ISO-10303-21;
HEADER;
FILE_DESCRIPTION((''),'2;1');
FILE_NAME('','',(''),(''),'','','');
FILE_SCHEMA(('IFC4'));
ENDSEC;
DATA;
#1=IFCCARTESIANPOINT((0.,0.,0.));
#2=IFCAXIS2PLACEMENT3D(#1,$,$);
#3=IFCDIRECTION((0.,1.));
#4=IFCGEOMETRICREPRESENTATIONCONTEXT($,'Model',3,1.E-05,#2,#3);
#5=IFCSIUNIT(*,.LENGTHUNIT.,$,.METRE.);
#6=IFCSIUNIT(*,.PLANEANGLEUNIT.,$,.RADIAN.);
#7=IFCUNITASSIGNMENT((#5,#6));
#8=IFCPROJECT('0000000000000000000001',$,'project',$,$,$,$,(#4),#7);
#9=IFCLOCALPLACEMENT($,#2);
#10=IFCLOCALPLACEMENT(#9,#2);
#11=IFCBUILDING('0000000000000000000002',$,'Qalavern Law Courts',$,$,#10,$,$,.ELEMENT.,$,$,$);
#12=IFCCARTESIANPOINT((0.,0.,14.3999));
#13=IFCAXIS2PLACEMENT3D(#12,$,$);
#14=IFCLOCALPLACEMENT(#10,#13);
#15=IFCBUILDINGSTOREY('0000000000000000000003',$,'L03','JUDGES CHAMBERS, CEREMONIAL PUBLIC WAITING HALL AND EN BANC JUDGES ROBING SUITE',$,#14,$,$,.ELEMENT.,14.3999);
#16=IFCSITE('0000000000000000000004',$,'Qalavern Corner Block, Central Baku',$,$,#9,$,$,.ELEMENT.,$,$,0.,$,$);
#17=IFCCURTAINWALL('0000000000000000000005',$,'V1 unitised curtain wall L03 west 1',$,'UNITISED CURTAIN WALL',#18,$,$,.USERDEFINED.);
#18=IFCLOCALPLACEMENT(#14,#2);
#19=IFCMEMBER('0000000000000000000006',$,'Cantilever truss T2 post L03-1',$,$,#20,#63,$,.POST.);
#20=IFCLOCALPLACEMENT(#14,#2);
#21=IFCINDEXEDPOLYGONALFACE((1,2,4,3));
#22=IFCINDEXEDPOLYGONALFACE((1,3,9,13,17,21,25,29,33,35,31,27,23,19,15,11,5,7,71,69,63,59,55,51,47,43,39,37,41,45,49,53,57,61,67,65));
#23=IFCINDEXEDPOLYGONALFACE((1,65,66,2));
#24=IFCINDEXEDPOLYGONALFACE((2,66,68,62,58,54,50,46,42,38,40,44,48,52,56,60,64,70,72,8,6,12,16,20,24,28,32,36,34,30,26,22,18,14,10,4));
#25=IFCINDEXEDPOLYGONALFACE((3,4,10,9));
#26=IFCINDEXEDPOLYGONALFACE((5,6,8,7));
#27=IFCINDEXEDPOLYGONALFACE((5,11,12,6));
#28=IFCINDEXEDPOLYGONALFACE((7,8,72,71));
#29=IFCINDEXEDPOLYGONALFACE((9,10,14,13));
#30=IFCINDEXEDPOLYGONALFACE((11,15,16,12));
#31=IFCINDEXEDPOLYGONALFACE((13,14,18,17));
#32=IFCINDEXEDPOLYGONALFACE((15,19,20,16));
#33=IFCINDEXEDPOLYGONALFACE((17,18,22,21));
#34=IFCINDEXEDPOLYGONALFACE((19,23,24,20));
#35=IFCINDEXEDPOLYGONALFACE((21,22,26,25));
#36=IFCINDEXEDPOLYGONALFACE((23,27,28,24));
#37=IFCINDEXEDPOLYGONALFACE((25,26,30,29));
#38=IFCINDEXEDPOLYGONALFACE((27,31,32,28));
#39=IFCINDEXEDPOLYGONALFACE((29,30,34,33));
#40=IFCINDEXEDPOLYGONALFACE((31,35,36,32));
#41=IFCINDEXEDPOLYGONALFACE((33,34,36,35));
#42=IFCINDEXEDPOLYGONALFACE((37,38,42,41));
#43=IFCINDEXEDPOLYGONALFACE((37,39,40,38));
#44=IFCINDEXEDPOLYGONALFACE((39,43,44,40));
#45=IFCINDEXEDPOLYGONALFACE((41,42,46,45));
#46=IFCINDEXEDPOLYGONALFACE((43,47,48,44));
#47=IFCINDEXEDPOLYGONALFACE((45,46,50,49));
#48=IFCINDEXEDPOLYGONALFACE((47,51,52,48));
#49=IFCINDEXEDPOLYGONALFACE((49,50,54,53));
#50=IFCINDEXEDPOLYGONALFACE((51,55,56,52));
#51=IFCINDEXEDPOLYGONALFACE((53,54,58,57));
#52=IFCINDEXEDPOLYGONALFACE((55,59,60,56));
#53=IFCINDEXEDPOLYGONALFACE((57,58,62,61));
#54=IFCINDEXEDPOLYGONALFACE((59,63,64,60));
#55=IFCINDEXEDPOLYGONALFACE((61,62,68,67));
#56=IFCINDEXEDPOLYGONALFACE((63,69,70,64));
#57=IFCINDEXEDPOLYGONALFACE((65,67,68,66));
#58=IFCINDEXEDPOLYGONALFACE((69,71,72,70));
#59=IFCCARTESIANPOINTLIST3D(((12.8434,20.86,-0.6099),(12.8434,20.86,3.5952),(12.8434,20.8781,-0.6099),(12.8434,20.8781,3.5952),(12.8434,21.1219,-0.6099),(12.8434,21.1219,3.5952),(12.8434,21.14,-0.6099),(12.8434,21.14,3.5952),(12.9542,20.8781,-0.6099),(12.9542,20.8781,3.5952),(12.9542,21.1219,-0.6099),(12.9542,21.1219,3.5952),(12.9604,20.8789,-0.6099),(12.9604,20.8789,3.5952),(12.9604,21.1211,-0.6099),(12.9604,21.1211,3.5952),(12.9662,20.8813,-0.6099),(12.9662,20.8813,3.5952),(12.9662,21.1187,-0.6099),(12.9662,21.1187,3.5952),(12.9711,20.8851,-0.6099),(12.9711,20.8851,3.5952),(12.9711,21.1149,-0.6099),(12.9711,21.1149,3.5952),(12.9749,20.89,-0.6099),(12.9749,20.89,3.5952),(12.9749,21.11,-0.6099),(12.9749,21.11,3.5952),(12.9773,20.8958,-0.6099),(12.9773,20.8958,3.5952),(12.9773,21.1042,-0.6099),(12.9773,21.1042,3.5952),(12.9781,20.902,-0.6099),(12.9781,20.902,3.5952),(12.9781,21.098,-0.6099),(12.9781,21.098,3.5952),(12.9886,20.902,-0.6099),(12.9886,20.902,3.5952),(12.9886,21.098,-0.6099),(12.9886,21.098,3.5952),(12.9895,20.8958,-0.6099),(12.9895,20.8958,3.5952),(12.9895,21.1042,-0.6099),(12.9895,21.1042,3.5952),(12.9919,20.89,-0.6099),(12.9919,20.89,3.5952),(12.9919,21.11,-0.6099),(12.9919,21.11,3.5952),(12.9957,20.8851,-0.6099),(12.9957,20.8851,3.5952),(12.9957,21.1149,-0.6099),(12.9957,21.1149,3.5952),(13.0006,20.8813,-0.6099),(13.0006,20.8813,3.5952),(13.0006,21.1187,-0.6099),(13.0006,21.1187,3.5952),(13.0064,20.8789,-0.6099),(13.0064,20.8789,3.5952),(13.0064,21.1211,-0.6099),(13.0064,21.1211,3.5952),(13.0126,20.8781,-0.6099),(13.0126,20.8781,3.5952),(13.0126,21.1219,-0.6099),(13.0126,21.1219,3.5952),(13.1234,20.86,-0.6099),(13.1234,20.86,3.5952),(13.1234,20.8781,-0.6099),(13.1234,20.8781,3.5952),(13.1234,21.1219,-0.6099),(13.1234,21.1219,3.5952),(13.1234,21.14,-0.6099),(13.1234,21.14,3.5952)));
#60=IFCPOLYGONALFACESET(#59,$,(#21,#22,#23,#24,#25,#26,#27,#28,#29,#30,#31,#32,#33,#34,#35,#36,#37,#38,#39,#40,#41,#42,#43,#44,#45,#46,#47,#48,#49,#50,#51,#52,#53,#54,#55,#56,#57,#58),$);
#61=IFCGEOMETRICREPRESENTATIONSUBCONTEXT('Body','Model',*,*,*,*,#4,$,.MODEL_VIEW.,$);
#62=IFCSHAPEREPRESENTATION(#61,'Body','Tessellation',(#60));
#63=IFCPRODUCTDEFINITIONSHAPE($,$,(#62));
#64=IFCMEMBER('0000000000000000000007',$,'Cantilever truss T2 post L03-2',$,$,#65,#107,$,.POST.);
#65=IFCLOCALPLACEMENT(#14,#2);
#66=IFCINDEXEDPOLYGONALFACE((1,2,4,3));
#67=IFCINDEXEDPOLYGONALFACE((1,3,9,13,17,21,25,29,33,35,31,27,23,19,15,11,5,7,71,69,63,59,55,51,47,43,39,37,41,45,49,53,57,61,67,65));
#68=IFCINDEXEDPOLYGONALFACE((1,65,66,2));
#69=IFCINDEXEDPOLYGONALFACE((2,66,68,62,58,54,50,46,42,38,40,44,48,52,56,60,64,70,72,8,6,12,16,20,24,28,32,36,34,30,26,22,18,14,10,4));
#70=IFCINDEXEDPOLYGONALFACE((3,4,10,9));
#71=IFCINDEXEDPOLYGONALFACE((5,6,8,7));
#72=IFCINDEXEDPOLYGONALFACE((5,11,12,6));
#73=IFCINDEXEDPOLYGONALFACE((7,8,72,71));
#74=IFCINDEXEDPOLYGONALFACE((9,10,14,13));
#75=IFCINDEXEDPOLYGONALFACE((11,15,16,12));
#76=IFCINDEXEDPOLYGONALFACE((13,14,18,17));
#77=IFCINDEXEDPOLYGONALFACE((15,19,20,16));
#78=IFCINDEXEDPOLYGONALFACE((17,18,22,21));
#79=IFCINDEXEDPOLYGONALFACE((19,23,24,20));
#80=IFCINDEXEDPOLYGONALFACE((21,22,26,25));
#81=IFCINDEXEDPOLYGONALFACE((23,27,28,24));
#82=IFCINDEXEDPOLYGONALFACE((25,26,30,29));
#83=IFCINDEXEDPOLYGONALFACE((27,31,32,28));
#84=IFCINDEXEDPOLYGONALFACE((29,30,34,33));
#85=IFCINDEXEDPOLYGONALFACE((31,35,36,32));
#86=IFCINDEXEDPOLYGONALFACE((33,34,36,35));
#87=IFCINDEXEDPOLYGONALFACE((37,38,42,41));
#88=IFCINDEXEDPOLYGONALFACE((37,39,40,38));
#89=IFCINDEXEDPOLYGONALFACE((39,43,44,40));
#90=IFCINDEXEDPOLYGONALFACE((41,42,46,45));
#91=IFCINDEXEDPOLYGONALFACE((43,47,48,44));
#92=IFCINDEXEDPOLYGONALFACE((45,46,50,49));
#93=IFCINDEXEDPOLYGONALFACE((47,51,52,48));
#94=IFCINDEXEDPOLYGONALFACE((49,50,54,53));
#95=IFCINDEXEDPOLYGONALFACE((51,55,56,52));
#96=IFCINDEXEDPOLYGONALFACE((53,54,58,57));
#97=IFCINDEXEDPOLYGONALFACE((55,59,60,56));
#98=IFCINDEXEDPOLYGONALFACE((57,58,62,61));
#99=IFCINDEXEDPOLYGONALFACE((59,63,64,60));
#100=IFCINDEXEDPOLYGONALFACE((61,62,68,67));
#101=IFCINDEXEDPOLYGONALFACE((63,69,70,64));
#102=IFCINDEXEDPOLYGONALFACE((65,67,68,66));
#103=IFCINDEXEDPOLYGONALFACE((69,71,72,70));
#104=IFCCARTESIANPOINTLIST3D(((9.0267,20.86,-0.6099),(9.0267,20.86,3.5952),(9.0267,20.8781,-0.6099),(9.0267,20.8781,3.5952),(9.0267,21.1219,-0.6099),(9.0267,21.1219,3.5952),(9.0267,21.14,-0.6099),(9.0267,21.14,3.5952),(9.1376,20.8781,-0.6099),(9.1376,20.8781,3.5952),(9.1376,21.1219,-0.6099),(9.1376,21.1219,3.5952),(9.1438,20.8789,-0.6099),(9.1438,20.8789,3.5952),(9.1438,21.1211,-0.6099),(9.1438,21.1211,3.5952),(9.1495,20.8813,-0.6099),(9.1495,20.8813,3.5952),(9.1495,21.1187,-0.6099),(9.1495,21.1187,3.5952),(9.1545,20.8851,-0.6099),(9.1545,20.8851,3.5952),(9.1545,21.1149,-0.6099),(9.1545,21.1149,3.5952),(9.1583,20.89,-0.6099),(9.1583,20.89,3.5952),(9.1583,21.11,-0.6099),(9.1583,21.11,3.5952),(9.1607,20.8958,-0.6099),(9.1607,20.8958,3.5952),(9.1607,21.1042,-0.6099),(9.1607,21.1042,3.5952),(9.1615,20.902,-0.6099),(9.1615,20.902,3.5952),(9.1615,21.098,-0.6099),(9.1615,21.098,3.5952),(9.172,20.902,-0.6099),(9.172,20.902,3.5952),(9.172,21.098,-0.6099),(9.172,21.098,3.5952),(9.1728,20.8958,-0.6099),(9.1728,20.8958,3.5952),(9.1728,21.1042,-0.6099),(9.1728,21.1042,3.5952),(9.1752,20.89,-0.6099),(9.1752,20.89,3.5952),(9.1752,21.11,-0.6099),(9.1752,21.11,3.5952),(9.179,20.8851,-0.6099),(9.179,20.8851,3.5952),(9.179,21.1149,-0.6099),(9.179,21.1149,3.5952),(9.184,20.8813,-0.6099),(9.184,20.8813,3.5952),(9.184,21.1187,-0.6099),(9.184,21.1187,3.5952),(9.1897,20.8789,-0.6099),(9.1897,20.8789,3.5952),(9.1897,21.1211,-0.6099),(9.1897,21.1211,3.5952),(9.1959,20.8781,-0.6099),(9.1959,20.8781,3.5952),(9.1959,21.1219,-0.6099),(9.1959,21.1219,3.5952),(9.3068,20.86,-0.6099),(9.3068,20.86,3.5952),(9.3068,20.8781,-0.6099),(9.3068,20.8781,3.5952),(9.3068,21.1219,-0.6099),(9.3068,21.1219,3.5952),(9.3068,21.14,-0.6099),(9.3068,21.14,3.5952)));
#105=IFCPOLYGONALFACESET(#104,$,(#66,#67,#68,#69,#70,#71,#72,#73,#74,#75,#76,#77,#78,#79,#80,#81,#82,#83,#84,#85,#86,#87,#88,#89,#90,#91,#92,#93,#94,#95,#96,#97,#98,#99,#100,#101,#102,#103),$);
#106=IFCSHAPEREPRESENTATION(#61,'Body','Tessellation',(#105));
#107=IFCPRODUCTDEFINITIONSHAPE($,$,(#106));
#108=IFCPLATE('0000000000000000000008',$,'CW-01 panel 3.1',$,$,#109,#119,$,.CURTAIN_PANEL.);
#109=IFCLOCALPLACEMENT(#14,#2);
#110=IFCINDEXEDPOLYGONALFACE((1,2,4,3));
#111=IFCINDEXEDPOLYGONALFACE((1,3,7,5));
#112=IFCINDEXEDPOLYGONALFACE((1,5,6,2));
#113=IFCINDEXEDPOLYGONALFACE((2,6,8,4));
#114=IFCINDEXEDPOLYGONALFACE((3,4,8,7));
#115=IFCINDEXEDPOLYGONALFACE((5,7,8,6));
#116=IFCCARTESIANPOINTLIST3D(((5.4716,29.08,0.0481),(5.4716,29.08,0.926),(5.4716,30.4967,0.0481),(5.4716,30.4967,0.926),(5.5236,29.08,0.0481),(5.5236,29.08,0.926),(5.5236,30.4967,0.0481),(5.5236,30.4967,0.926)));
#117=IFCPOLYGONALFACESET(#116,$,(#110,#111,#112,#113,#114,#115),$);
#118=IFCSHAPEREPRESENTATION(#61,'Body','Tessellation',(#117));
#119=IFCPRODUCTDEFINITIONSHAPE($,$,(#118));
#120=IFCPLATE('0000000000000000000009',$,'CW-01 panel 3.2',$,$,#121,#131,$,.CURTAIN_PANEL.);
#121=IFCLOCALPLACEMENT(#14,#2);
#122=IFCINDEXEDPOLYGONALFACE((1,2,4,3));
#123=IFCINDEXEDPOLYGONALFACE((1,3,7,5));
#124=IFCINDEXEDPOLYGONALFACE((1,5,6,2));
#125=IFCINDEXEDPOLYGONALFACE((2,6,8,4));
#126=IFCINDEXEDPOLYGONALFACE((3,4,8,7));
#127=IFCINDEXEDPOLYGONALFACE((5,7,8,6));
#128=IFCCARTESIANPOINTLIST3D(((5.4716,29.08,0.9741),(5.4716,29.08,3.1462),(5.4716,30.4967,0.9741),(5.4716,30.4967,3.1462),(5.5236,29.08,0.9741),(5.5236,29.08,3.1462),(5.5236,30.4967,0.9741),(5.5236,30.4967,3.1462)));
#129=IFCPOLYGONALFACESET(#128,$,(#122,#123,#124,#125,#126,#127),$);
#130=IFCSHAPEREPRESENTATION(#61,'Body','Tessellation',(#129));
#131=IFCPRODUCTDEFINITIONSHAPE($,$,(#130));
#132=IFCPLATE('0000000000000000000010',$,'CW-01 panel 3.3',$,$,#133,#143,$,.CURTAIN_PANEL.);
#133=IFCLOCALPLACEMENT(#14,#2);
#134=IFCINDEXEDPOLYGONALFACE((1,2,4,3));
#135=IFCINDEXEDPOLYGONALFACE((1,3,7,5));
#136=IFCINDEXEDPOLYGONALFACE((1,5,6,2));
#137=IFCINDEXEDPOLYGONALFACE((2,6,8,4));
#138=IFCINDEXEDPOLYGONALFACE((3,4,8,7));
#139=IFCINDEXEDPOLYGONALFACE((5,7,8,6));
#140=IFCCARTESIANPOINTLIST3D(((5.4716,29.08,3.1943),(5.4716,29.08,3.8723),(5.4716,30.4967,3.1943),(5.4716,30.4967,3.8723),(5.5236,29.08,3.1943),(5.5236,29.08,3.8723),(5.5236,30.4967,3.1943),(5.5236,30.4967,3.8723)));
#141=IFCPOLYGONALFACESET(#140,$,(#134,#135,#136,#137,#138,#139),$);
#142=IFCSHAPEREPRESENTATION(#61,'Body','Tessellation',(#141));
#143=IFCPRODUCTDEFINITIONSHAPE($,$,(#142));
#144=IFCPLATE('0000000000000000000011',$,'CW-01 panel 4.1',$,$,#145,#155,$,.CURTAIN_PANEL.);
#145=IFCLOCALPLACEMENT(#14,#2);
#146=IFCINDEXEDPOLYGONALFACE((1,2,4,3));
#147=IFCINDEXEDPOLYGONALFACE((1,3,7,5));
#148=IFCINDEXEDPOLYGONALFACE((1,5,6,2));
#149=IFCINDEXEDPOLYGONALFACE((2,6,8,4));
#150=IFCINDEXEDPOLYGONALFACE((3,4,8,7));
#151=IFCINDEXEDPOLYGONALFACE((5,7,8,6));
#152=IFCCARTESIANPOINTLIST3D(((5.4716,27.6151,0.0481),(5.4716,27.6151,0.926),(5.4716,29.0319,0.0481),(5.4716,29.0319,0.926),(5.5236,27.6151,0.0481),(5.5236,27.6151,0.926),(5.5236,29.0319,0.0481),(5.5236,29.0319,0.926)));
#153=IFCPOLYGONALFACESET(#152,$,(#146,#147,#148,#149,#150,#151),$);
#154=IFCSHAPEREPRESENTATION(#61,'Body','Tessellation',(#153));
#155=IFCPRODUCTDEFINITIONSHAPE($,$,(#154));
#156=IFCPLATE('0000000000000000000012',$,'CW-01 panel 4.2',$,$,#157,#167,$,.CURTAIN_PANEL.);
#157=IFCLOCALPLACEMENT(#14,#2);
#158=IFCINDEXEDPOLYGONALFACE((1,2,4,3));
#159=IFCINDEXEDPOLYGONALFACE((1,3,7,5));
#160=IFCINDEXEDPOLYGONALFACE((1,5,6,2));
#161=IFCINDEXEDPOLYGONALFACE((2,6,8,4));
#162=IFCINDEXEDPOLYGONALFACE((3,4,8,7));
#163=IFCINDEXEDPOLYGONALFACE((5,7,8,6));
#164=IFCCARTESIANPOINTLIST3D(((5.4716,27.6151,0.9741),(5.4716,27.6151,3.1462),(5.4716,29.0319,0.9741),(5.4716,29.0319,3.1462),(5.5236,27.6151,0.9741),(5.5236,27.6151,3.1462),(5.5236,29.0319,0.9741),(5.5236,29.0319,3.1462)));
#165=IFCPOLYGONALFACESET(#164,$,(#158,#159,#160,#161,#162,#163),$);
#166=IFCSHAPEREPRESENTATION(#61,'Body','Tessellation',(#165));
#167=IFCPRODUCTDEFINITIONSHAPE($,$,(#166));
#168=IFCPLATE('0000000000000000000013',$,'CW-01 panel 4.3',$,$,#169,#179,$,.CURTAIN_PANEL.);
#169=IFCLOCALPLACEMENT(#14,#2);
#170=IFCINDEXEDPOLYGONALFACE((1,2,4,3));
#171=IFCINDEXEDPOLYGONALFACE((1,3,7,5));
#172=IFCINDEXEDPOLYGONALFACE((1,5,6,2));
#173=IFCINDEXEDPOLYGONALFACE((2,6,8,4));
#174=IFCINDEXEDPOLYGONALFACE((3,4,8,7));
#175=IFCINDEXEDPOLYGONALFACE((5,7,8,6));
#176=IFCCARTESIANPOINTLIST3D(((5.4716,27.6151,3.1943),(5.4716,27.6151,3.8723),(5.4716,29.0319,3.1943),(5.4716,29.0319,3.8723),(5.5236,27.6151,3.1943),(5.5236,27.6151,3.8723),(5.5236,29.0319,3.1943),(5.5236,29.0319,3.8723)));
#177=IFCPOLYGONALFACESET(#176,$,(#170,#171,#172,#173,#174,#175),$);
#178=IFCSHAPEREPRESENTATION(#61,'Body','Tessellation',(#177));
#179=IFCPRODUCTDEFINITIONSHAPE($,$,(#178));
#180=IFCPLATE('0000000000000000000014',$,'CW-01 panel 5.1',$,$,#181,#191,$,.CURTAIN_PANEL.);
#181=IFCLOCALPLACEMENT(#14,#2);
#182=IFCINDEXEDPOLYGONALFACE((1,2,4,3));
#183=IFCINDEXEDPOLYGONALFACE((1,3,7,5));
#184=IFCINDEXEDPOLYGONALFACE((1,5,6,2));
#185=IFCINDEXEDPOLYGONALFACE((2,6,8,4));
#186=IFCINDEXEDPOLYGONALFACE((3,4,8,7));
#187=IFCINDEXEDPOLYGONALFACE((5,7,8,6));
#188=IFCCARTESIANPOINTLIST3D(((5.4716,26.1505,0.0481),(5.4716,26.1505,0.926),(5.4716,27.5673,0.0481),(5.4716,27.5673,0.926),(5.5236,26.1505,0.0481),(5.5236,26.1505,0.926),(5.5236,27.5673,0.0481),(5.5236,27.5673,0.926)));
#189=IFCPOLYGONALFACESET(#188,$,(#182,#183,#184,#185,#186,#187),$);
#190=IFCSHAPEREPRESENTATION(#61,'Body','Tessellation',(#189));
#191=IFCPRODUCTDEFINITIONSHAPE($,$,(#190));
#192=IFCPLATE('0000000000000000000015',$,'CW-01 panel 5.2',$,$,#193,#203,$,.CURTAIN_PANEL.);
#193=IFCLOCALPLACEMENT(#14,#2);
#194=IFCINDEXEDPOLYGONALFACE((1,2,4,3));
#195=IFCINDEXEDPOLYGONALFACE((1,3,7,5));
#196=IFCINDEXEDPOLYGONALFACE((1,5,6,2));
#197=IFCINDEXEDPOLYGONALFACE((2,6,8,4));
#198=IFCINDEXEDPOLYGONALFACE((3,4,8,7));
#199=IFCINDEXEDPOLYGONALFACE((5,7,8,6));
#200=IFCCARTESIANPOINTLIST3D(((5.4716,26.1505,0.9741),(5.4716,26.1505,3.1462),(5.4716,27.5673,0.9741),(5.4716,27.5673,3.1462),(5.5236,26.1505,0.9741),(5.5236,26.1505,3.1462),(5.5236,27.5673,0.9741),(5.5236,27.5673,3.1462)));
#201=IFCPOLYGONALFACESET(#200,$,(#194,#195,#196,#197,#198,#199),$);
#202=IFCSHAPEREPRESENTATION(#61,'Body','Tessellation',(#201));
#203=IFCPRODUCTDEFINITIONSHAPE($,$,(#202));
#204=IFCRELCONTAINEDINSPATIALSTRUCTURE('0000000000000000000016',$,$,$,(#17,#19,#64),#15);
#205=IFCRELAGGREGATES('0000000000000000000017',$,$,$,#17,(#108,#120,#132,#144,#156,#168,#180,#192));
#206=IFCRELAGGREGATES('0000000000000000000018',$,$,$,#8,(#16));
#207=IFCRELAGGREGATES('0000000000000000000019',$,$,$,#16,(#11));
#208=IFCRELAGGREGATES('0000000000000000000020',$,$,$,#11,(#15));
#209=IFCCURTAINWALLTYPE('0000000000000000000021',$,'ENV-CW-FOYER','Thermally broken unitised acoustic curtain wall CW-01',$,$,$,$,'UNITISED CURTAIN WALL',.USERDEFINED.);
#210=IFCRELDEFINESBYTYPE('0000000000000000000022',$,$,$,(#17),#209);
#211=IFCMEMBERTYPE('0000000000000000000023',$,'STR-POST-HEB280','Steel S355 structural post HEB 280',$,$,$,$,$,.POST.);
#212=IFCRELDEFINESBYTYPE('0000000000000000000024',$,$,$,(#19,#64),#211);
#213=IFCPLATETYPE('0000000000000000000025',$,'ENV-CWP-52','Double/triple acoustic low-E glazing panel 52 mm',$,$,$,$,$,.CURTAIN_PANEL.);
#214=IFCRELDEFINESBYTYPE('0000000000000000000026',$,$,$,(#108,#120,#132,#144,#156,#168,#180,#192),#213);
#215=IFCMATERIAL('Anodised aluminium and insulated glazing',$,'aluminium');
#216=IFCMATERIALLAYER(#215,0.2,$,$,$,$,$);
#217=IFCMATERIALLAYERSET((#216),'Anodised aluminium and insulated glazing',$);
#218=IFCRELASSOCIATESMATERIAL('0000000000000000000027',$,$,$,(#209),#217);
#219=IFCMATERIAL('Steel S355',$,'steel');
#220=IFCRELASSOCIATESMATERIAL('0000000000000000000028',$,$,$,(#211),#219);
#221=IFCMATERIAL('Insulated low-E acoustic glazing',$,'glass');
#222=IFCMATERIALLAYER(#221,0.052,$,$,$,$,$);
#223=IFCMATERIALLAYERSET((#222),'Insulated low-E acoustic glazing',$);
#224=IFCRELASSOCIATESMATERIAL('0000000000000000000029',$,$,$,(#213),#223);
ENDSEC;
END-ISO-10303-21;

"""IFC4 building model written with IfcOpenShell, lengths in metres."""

from ifc_helpers import new_model, si_unit, direction, frame, origin, origin_2d, place, context, subcontext, project, spatial, rectangle, i_section, extrude, material, layer, layer_set, material_profile, profile_set, type_object, element, aggregate, save


model = new_model("IFC4")

# Units and contexts
model_context = context("Model", 3, precision=1e-05, world=origin(), true_north=direction((0.0, 1.0)))
body_context = subcontext(model_context, "Body", "Model", "MODEL_VIEW")
ifc_project = project(units=[si_unit("LENGTHUNIT", "METRE"), si_unit("PLANEANGLEUNIT", "RADIAN")], contexts=[model_context])

# Site, building, storey
site_placement = place(None, origin())
site = spatial("IfcSite", under=ifc_project, at=site_placement, Name="Qalavern Corner Block, Central Baku", CompositionType="ELEMENT", RefElevation=0.0)
building_placement = place(site_placement, origin())
building = spatial("IfcBuilding", under=site, at=building_placement, Name="Qalavern Law Courts", CompositionType="ELEMENT")
storey_placement = place(building_placement, frame((0.0, 0.0, 14.3999)))
storey = spatial("IfcBuildingStorey", under=building, at=storey_placement, Name="L03", Description="JUDGES CHAMBERS, CEREMONIAL PUBLIC WAITING HALL AND EN BANC JUDGES ROBING SUITE", CompositionType="ELEMENT", Elevation=14.3999)

# Curtain wall
ifc_material_1 = material(Name="Anodised aluminium and insulated glazing", Category="aluminium")
ifc_layer_1 = layer(ifc_material_1, 0.2)
ifc_layer_set_1 = layer_set([ifc_layer_1], Name="Anodised aluminium and insulated glazing")
curtain_wall_type = type_object("IfcCurtainWallType", Name="ENV-CW-FOYER", Description="Thermally broken unitised acoustic curtain wall CW-01", ElementType="UNITISED CURTAIN WALL", PredefinedType="USERDEFINED", material=ifc_layer_set_1)
curtain_wall_placement = place(storey_placement, origin())
curtain_wall = element("IfcCurtainWall", 1, at=curtain_wall_placement, inside=storey, type_object=curtain_wall_type, Name="V1 unitised curtain wall L03 west 1", ObjectType="UNITISED CURTAIN WALL", PredefinedType="USERDEFINED")

# Shared definitions
ifc_material_2 = material(Name="Steel S355", Category="steel")

# Members
ifc_material_profile_1 = material_profile(ifc_material_2, i_section(OverallWidth=0.28, OverallDepth=0.28, WebThickness=0.0105, FlangeThickness=0.0181, FilletRadius=0.0239, at=origin_2d()), Name="HEB 280")
ifc_profile_set_1 = profile_set([ifc_material_profile_1], Name="Steel S355")
member_type_1 = type_object("IfcMemberType", Name="STR-POST-HEB280", Description="Steel S355 structural post HEB 280", PredefinedType="POST", material=ifc_profile_set_1)
for number, where, z_axis, x_axis, name in (
    (2, (12.9834, 21.0, -0.6099), (0.0, 0.0, 1.0), (1.0, 0.0, 0.0), "Cantilever truss T2 post L03-1"),
    (3, (9.1667, 21.0, -0.6099), (0.0, 0.0, 1.0), (1.0, 0.0, 0.0), "Cantilever truss T2 post L03-2"),
):
    element("IfcMember", number, at=place(storey_placement, frame(where, z_axis=z_axis, x_axis=x_axis)), inside=storey, type_object=member_type_1, Name=name, PredefinedType="POST", context=body_context, shape_type="SweptSolid", body=[
        extrude(i_section(OverallWidth=0.28, OverallDepth=0.28, WebThickness=0.0105, FlangeThickness=0.0181, FilletRadius=0.0239, at=origin_2d()), origin(), (0.0, 0.0, 1.0), 4.2051),
    ])

# Plates
ifc_material_3 = material(Name="Insulated low-E acoustic glazing", Category="glass")
ifc_layer_2 = layer(ifc_material_3, 0.052)
ifc_layer_set_2 = layer_set([ifc_layer_2], Name="Insulated low-E acoustic glazing")
plate_type_1 = type_object("IfcPlateType", Name="ENV-CWP-52", Description="Double/triple acoustic low-E glazing panel 52 mm", PredefinedType="CURTAIN_PANEL", material=ifc_layer_set_2)
plate_1_placement = place(storey_placement, frame((5.4976, 29.7883, 0.0481), z_axis=(0.0, 0.0, 1.0), x_axis=(0.0, -1.0, 0.0)))
plate_1 = element("IfcPlate", 4, at=plate_1_placement, type_object=plate_type_1, Name="CW-01 panel 3.1", PredefinedType="CURTAIN_PANEL", context=body_context, shape_type="SweptSolid", body=[
    extrude(rectangle(XDim=1.4167, YDim=0.052, at=origin_2d()), origin(), (0.0, 0.0, 1.0), 0.8779),
])
plate_2_placement = place(storey_placement, frame((5.4976, 29.7883, 0.9741), z_axis=(0.0, 0.0, 1.0), x_axis=(0.0, -1.0, 0.0)))
plate_2 = element("IfcPlate", 5, at=plate_2_placement, type_object=plate_type_1, Name="CW-01 panel 3.2", PredefinedType="CURTAIN_PANEL", context=body_context, shape_type="SweptSolid", body=[
    extrude(rectangle(XDim=1.4167, YDim=0.052, at=origin_2d()), origin(), (0.0, 0.0, 1.0), 2.1721),
])
plate_3_placement = place(storey_placement, frame((5.4976, 29.7883, 3.1943), z_axis=(0.0, 0.0, 1.0), x_axis=(0.0, -1.0, 0.0)))
plate_3 = element("IfcPlate", 6, at=plate_3_placement, type_object=plate_type_1, Name="CW-01 panel 3.3", PredefinedType="CURTAIN_PANEL", context=body_context, shape_type="SweptSolid", body=[
    extrude(rectangle(XDim=1.4167, YDim=0.052, at=origin_2d()), origin(), (0.0, 0.0, 1.0), 0.678),
])
plate_4_placement = place(storey_placement, frame((5.4976, 28.3235, 0.0481), z_axis=(0.0, 0.0, 1.0), x_axis=(0.0, -1.0, 0.0)))
plate_4 = element("IfcPlate", 7, at=plate_4_placement, type_object=plate_type_1, Name="CW-01 panel 4.1", PredefinedType="CURTAIN_PANEL", context=body_context, shape_type="SweptSolid", body=[
    extrude(rectangle(XDim=1.4167, YDim=0.052, at=origin_2d()), origin(), (0.0, 0.0, 1.0), 0.8779),
])
plate_5_placement = place(storey_placement, frame((5.4976, 28.3235, 0.9741), z_axis=(0.0, 0.0, 1.0), x_axis=(0.0, -1.0, 0.0)))
plate_5 = element("IfcPlate", 8, at=plate_5_placement, type_object=plate_type_1, Name="CW-01 panel 4.2", PredefinedType="CURTAIN_PANEL", context=body_context, shape_type="SweptSolid", body=[
    extrude(rectangle(XDim=1.4167, YDim=0.052, at=origin_2d()), origin(), (0.0, 0.0, 1.0), 2.1721),
])
plate_6_placement = place(storey_placement, frame((5.4976, 28.3235, 3.1943), z_axis=(0.0, 0.0, 1.0), x_axis=(0.0, -1.0, 0.0)))
plate_6 = element("IfcPlate", 9, at=plate_6_placement, type_object=plate_type_1, Name="CW-01 panel 4.3", PredefinedType="CURTAIN_PANEL", context=body_context, shape_type="SweptSolid", body=[
    extrude(rectangle(XDim=1.4167, YDim=0.052, at=origin_2d()), origin(), (0.0, 0.0, 1.0), 0.678),
])
plate_7_placement = place(storey_placement, frame((5.4976, 26.8589, 0.0481), z_axis=(0.0, 0.0, 1.0), x_axis=(0.0, -1.0, 0.0)))
plate_7 = element("IfcPlate", 10, at=plate_7_placement, type_object=plate_type_1, Name="CW-01 panel 5.1", PredefinedType="CURTAIN_PANEL", context=body_context, shape_type="SweptSolid", body=[
    extrude(rectangle(XDim=1.4167, YDim=0.052, at=origin_2d()), origin(), (0.0, 0.0, 1.0), 0.8779),
])
plate_8_placement = place(storey_placement, frame((5.4976, 26.8589, 0.9741), z_axis=(0.0, 0.0, 1.0), x_axis=(0.0, -1.0, 0.0)))
plate_8 = element("IfcPlate", 11, at=plate_8_placement, type_object=plate_type_1, Name="CW-01 panel 5.2", PredefinedType="CURTAIN_PANEL", context=body_context, shape_type="SweptSolid", body=[
    extrude(rectangle(XDim=1.4167, YDim=0.052, at=origin_2d()), origin(), (0.0, 0.0, 1.0), 2.1721),
])
aggregate(curtain_wall, [plate_1, plate_2, plate_3, plate_4, plate_5, plate_6, plate_7, plate_8])

save(model, "model.ifc")
